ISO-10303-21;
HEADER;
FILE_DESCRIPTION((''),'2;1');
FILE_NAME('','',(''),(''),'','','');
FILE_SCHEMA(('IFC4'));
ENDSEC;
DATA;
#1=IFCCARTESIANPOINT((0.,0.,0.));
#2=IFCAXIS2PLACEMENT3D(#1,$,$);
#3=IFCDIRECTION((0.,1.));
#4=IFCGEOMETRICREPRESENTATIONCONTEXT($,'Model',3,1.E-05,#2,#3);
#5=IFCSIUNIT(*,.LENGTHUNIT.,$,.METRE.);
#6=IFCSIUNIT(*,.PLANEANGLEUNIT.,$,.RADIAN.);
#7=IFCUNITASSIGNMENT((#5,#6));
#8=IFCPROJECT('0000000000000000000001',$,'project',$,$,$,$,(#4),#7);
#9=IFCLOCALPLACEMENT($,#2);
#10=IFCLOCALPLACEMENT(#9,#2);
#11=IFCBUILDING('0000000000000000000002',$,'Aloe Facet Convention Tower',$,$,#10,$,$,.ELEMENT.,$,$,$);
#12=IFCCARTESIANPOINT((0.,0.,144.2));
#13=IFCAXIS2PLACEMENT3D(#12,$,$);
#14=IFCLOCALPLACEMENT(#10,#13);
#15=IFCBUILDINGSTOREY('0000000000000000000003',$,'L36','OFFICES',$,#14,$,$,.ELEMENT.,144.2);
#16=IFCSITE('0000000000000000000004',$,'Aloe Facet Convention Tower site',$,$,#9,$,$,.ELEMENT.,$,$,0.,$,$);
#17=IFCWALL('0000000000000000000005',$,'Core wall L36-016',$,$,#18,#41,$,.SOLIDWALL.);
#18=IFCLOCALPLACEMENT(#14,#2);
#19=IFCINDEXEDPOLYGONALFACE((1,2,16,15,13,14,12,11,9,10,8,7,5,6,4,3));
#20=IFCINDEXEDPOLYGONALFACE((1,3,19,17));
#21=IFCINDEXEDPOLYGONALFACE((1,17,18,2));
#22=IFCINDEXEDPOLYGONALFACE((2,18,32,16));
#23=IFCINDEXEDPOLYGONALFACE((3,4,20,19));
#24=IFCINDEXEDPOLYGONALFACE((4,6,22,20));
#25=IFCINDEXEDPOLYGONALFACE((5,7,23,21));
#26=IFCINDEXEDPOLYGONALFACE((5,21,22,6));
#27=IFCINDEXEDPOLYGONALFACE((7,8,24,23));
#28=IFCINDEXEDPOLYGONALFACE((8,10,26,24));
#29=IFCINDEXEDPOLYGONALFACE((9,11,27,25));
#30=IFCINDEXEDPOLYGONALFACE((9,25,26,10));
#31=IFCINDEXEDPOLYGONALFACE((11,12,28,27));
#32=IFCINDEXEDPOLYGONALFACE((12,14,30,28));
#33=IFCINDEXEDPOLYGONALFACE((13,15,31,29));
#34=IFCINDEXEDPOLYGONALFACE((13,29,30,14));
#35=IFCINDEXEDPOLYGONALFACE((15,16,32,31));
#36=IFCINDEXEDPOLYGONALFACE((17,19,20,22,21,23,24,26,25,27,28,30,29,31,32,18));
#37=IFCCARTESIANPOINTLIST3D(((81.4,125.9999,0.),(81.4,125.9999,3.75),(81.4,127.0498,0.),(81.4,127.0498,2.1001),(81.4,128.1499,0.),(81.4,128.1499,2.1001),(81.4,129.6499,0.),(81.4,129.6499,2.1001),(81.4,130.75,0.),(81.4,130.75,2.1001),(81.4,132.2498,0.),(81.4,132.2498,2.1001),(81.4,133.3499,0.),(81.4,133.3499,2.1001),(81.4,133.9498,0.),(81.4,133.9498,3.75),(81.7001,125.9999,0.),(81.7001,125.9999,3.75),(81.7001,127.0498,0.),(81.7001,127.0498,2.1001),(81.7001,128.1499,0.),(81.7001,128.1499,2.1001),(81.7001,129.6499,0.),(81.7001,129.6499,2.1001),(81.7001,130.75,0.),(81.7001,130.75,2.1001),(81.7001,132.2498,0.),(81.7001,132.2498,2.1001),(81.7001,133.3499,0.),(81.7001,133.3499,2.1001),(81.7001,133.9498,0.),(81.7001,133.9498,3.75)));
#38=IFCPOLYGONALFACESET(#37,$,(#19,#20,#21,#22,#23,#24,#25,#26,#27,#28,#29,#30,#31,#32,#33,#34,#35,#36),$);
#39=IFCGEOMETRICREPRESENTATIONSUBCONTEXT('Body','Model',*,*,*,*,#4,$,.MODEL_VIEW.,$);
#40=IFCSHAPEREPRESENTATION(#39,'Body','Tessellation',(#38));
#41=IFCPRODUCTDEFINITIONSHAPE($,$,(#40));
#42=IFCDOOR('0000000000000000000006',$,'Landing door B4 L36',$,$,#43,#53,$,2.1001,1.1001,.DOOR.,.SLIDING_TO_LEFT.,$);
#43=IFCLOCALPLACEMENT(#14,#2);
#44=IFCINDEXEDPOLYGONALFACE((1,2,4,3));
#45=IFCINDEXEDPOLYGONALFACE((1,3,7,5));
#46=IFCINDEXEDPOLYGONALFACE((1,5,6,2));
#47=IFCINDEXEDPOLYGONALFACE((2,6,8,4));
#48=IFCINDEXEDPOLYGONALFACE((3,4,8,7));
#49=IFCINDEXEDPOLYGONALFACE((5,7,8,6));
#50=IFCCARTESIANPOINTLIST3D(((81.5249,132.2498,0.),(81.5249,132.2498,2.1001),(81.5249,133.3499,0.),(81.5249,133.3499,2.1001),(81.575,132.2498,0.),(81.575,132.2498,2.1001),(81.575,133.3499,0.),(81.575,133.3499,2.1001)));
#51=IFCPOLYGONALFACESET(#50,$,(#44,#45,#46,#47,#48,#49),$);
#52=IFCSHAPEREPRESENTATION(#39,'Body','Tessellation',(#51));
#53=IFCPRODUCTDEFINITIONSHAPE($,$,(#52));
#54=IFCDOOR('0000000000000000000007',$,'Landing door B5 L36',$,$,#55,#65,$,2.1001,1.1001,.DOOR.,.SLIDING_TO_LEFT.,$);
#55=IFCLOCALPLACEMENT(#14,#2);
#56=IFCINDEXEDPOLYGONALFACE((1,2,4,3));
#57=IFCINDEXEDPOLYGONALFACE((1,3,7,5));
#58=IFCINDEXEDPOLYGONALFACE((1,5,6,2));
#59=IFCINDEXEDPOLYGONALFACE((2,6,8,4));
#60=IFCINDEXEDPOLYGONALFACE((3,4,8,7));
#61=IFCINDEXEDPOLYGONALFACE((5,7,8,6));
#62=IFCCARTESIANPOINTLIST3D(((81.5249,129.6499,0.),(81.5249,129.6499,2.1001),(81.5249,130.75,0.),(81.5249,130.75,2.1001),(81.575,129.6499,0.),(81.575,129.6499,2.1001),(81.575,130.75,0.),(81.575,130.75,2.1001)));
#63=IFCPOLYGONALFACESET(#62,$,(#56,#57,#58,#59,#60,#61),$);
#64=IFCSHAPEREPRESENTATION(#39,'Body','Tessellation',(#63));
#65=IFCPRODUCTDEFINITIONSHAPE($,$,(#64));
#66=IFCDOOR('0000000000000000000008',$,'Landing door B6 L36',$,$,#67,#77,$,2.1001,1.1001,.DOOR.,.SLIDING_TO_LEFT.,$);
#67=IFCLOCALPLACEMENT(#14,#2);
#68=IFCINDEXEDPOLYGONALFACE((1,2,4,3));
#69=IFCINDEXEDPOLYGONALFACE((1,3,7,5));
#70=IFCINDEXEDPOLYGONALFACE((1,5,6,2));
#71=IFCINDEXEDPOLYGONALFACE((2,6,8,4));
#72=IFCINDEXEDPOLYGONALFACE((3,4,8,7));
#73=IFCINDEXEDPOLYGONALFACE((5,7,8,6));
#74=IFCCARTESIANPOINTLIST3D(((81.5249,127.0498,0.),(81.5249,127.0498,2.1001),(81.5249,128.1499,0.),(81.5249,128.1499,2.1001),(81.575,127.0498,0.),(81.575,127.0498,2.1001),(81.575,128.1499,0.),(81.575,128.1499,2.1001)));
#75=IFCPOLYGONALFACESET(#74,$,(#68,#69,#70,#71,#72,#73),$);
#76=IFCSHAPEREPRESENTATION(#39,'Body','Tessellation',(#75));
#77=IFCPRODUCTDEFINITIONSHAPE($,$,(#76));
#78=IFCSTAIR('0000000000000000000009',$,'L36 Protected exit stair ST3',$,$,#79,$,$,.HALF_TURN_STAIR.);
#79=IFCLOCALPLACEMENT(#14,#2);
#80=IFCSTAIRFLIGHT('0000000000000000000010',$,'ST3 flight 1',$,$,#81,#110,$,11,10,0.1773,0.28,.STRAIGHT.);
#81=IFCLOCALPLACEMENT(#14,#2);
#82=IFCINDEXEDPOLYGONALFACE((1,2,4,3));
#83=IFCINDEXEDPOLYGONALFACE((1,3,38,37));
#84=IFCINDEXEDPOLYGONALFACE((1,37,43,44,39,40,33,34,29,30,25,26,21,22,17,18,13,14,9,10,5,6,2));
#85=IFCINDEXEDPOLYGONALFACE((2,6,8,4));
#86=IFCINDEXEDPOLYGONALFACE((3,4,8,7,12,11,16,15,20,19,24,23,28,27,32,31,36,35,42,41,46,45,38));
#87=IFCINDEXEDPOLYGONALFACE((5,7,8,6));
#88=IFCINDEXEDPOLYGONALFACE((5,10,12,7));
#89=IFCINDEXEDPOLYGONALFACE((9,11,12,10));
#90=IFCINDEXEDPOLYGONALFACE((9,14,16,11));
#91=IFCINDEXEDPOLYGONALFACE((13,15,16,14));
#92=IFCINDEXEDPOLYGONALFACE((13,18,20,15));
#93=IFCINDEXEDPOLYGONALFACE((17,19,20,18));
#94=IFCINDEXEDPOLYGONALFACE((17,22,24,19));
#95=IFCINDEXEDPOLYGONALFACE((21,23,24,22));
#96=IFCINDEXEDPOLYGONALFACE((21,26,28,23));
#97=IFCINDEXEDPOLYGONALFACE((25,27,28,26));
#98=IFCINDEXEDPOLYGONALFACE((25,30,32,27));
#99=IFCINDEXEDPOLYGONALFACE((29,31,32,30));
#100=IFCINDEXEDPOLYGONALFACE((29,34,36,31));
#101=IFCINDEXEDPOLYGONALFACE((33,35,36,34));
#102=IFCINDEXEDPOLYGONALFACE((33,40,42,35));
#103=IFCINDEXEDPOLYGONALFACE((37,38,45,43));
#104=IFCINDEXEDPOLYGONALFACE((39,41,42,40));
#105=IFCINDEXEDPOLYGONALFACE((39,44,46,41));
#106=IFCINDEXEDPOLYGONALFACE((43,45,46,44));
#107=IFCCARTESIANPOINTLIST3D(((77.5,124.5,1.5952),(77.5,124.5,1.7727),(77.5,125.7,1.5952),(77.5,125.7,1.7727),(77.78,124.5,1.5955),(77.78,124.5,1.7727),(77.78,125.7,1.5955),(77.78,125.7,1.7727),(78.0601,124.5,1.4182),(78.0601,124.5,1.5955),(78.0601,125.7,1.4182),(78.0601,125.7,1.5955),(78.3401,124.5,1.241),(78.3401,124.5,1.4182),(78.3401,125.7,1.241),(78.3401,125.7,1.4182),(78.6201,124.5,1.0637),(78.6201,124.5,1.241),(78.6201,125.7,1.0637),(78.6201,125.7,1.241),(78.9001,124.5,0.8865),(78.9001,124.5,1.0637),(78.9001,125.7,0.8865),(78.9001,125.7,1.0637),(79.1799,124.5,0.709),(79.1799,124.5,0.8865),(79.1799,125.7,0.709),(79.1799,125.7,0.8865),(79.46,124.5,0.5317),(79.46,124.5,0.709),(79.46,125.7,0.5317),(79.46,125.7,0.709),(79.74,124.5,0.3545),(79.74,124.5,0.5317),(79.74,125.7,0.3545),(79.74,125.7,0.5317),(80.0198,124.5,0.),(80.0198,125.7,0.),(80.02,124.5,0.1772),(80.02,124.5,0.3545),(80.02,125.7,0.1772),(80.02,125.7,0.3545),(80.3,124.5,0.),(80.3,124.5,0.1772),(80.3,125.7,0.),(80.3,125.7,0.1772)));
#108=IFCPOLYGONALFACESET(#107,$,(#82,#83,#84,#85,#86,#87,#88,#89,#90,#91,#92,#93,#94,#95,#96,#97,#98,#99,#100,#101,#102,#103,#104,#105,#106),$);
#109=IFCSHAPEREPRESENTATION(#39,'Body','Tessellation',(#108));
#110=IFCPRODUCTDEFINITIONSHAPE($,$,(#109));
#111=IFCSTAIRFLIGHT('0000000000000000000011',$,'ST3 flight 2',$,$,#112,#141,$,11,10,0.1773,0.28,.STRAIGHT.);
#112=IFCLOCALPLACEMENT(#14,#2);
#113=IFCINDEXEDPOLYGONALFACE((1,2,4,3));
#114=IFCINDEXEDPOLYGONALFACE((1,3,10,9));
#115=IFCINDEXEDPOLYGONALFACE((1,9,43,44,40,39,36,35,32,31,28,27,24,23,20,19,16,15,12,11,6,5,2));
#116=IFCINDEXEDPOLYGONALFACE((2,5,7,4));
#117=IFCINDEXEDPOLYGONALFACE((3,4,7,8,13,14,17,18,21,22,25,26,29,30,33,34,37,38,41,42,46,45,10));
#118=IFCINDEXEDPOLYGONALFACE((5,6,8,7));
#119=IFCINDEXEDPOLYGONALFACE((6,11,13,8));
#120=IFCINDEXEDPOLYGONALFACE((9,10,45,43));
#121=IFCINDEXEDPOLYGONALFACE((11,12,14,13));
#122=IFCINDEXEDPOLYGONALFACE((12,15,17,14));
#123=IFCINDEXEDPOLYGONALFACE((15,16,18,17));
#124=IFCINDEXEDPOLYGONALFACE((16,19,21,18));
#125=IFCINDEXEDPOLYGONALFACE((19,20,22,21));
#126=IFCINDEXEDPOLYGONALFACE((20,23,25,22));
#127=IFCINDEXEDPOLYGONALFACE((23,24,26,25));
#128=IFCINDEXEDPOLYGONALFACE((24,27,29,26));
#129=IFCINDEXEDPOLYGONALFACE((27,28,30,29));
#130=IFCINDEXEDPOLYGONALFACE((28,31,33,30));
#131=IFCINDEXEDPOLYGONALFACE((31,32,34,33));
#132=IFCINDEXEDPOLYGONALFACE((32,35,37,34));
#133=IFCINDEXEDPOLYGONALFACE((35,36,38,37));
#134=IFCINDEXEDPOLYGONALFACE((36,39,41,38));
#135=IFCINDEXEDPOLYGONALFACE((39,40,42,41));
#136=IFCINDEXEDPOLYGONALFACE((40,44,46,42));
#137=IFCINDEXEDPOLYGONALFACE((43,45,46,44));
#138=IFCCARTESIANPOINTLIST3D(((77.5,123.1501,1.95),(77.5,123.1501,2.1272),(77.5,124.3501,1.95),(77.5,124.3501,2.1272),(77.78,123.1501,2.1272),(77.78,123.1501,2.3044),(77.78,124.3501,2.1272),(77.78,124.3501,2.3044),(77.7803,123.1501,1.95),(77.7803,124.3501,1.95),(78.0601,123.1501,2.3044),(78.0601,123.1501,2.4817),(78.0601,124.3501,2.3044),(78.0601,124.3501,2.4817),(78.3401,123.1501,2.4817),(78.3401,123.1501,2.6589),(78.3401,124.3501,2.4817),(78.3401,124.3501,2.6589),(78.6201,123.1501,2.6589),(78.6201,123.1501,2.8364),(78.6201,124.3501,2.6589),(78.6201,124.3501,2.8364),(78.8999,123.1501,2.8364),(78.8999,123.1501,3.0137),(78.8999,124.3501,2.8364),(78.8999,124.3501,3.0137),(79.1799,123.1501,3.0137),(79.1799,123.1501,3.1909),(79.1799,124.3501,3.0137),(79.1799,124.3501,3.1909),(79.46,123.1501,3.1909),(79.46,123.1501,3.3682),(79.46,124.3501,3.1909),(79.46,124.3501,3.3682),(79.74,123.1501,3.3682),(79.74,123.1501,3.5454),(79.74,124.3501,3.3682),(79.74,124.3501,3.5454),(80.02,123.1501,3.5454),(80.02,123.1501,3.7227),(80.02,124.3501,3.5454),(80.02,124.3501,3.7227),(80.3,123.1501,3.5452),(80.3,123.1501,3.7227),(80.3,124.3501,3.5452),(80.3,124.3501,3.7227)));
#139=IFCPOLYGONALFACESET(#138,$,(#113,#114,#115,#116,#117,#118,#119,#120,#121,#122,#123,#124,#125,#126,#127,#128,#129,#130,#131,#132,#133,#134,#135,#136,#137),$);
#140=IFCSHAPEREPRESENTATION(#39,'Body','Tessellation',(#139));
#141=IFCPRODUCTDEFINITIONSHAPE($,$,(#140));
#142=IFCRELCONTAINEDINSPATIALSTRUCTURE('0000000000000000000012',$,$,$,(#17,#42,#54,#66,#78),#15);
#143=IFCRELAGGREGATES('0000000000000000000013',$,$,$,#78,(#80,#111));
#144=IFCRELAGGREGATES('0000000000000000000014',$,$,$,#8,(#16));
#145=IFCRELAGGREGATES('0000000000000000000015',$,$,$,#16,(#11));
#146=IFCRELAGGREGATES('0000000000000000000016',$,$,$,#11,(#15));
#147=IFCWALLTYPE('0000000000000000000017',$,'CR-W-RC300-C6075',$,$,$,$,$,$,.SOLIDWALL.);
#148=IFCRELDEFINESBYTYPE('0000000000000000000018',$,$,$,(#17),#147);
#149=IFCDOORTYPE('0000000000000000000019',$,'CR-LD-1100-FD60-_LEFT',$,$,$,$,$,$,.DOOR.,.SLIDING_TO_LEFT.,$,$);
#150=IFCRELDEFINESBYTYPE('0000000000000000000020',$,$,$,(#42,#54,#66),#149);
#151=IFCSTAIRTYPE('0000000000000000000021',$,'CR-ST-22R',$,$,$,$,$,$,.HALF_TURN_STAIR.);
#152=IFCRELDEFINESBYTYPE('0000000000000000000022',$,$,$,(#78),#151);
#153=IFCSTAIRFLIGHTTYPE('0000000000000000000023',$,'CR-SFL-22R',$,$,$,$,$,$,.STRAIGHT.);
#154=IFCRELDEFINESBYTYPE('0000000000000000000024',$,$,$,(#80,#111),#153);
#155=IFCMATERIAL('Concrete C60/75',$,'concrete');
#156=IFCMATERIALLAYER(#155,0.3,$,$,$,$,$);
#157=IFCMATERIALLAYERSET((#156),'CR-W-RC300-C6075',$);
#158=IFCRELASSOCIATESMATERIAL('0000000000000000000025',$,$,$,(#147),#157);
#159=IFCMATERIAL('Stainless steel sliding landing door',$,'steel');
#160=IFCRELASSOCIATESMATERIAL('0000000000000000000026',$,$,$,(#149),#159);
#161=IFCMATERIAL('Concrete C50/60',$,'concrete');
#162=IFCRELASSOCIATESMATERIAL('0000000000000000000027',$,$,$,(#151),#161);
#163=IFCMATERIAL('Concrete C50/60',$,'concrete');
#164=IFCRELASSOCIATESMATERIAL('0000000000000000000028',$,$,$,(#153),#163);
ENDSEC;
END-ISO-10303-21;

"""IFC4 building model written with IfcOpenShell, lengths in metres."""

from ifc_helpers import new_model, si_unit, direction, frame, frame_2d, origin, place, context, subcontext, project, spatial, polyline, rectangle, outline, extrude, material, layer, layer_set, type_object, element, fill, aggregate, save


model = new_model("IFC4")

# Units and contexts
model_context = context("Model", 3, precision=1e-05, world=origin(), true_north=direction((0.0, 1.0)))
body_context = subcontext(model_context, "Body", "Model", "MODEL_VIEW")
ifc_project = project(units=[si_unit("LENGTHUNIT", "METRE"), si_unit("PLANEANGLEUNIT", "RADIAN")], contexts=[model_context])

# Site, building, storey
site_placement = place(None, origin())
site = spatial("IfcSite", under=ifc_project, at=site_placement, Name="Aloe Facet Convention Tower site", CompositionType="ELEMENT", RefElevation=0.0)
building_placement = place(site_placement, origin())
building = spatial("IfcBuilding", under=site, at=building_placement, Name="Aloe Facet Convention Tower", CompositionType="ELEMENT")
storey_placement = place(building_placement, frame((0.0, 0.0, 144.2)))
storey = spatial("IfcBuildingStorey", under=building, at=storey_placement, Name="L36", Description="OFFICES", CompositionType="ELEMENT", Elevation=144.2)

# Shared definitions
ifc_material_1 = material(Name="Concrete C60/75", Category="concrete")
ifc_layer = layer(ifc_material_1, 0.3)
ifc_layer_set = layer_set([ifc_layer], Name="CR-W-RC300-C6075")
wall_type = type_object("IfcWallType", Name="CR-W-RC300-C6075", PredefinedType="SOLIDWALL", material=ifc_layer_set)

# Wall, openings, doors
wall_1_placement = place(storey_placement, frame((81.55, 133.95, 0.0), z_axis=(0.0, 0.0, 1.0), x_axis=(0.0, -1.0, 0.0)))
wall_1 = element("IfcWall", 1, at=wall_1_placement, inside=storey, type_object=wall_type, Name="Core wall L36-016", PredefinedType="SOLIDWALL", context=body_context, shape_type="SweptSolid", body=[
    extrude(rectangle(XDim=7.95, YDim=0.3, at=frame_2d((3.9751, 0.0))), origin(), (0.0, 0.0, 1.0), 3.75),
])
opening_1_placement = place(wall_1_placement, frame((0.6001, 0.0, 0.0)))
opening_1 = element("IfcOpeningElement", 2, at=opening_1_placement, cuts=wall_1, PredefinedType="OPENING", context=body_context, shape_type="SweptSolid", body=[
    extrude(rectangle(XDim=1.1001, YDim=2.1001, at=frame_2d((0.55, 1.05))), frame((0.0, 0.1602, 0.0), z_axis=(0.0, -1.0, 0.0), x_axis=(1.0, 0.0, 0.0)), (0.0, 0.0, 1.0), 0.3201),
])
opening_2_placement = place(wall_1_placement, frame((3.2, 0.0, 0.0)))
opening_2 = element("IfcOpeningElement", 3, at=opening_2_placement, cuts=wall_1, PredefinedType="OPENING", context=body_context, shape_type="SweptSolid", body=[
    extrude(rectangle(XDim=1.1001, YDim=2.1001, at=frame_2d((0.55, 1.05))), frame((0.0, 0.1602, 0.0), z_axis=(0.0, -1.0, 0.0), x_axis=(1.0, 0.0, 0.0)), (0.0, 0.0, 1.0), 0.3201),
])
opening_3_placement = place(wall_1_placement, frame((5.8, 0.0, 0.0)))
opening_3 = element("IfcOpeningElement", 4, at=opening_3_placement, cuts=wall_1, PredefinedType="OPENING", context=body_context, shape_type="SweptSolid", body=[
    extrude(rectangle(XDim=1.1001, YDim=2.1001, at=frame_2d((0.55, 1.05))), frame((0.0, 0.1602, 0.0), z_axis=(0.0, -1.0, 0.0), x_axis=(1.0, 0.0, 0.0)), (0.0, 0.0, 1.0), 0.3201),
])
ifc_material_2 = material(Name="Stainless steel sliding landing door", Category="steel")
door_type_1 = type_object("IfcDoorType", Name="CR-LD-1100-FD60-_LEFT", OperationType="SLIDING_TO_LEFT", PredefinedType="DOOR", material=ifc_material_2)
door_1_placement = place(opening_1_placement, origin())
door_1 = element("IfcDoor", 5, at=door_1_placement, inside=storey, type_object=door_type_1, Name="Landing door B4 L36", OperationType="SLIDING_TO_LEFT", OverallHeight=2.1001, OverallWidth=1.1001, PredefinedType="DOOR", context=body_context, shape_type="SweptSolid", body=[
    extrude(rectangle(XDim=1.1001, YDim=2.1001, at=frame_2d((0.55, 1.05))), frame((0.0, 0.0249, 0.0), z_axis=(0.0, -1.0, 0.0), x_axis=(1.0, 0.0, 0.0)), (0.0, 0.0, 1.0), 0.05),
])
fill(opening_1, door_1)
door_2_placement = place(opening_2_placement, origin())
door_2 = element("IfcDoor", 6, at=door_2_placement, inside=storey, type_object=door_type_1, Name="Landing door B5 L36", OperationType="SLIDING_TO_LEFT", OverallHeight=2.1001, OverallWidth=1.1001, PredefinedType="DOOR", context=body_context, shape_type="SweptSolid", body=[
    extrude(rectangle(XDim=1.1001, YDim=2.1001, at=frame_2d((0.55, 1.05))), frame((0.0, 0.0249, 0.0), z_axis=(0.0, -1.0, 0.0), x_axis=(1.0, 0.0, 0.0)), (0.0, 0.0, 1.0), 0.05),
])
fill(opening_2, door_2)
door_3_placement = place(opening_3_placement, origin())
door_3 = element("IfcDoor", 7, at=door_3_placement, inside=storey, type_object=door_type_1, Name="Landing door B6 L36", OperationType="SLIDING_TO_LEFT", OverallHeight=2.1001, OverallWidth=1.1001, PredefinedType="DOOR", context=body_context, shape_type="SweptSolid", body=[
    extrude(rectangle(XDim=1.1001, YDim=2.1001, at=frame_2d((0.55, 1.05))), frame((0.0, 0.0249, 0.0), z_axis=(0.0, -1.0, 0.0), x_axis=(1.0, 0.0, 0.0)), (0.0, 0.0, 1.0), 0.05),
])
fill(opening_3, door_3)

# Stair, stair flights
ifc_material_3 = material(Name="Concrete C50/60", Category="concrete")
stair_type = type_object("IfcStairType", Name="CR-ST-22R", PredefinedType="HALF_TURN_STAIR", material=ifc_material_3)
stair_placement = place(storey_placement, origin())
stair = element("IfcStair", 8, at=stair_placement, inside=storey, type_object=stair_type, Name="L36 Protected exit stair ST3", PredefinedType="HALF_TURN_STAIR")
ifc_material_4 = material(Name="Concrete C50/60", Category="concrete")
stair_flight_type = type_object("IfcStairFlightType", Name="CR-SFL-22R", PredefinedType="STRAIGHT", material=ifc_material_4)
stair_flight_1_placement = place(storey_placement, frame((80.3, 125.1001, 0.0), z_axis=(0.0, 0.0, 1.0), x_axis=(-1.0, 0.0, 0.0)))
stair_flight_1 = element("IfcStairFlight", 9, at=stair_flight_1_placement, type_object=stair_flight_type, Name="ST3 flight 1", NumberOfRisers=11, NumberOfTreads=10, PredefinedType="STRAIGHT", RiserHeight=0.1773, TreadLength=0.28, context=body_context, shape_type="SweptSolid", body=[
    extrude(outline(polyline([(0.0, 0.0), (0.0, 0.1772), (0.28, 0.1772), (0.28, 0.3545), (0.5601, 0.3545), (0.5601, 0.5317), (0.8401, 0.5317), (0.8401, 0.709), (1.1201, 0.709), (1.1201, 0.8865), (1.3999, 0.8865), (1.3999, 1.0637), (1.6799, 1.0637), (1.6799, 1.241), (1.96, 1.241), (1.96, 1.4182), (2.24, 1.4182), (2.24, 1.5955), (2.52, 1.5955), (2.52, 1.7727), (2.8, 1.7727), (2.8, 1.95), (2.8, 1.5952), (0.2803, 0.0), (0.0, 0.0)])), frame((0.0, 0.6001, 0.0), z_axis=(0.0, -1.0, 0.0), x_axis=(1.0, 0.0, 0.0)), (0.0, 0.0, 1.0), 1.2),
])
stair_flight_2_placement = place(storey_placement, frame((77.5, 123.75, 1.95), z_axis=(0.0, 0.0, 1.0), x_axis=(1.0, 0.0, 0.0)))
stair_flight_2 = element("IfcStairFlight", 10, at=stair_flight_2_placement, type_object=stair_flight_type, Name="ST3 flight 2", NumberOfRisers=11, NumberOfTreads=10, PredefinedType="STRAIGHT", RiserHeight=0.1773, TreadLength=0.28, context=body_context, shape_type="SweptSolid", body=[
    extrude(outline(polyline([(0.0, 0.0), (0.0, 0.1772), (0.28, 0.1772), (0.28, 0.3545), (0.5601, 0.3545), (0.5601, 0.5317), (0.8401, 0.5317), (0.8401, 0.709), (1.1201, 0.709), (1.1201, 0.8865), (1.3999, 0.8865), (1.3999, 1.0637), (1.6799, 1.0637), (1.6799, 1.241), (1.96, 1.241), (1.96, 1.4182), (2.24, 1.4182), (2.24, 1.5955), (2.52, 1.5955), (2.52, 1.7727), (2.8, 1.7727), (2.8, 1.95), (2.8, 1.5952), (0.2803, 0.0), (0.0, 0.0)])), frame((0.0, 0.6001, 0.0), z_axis=(0.0, -1.0, 0.0), x_axis=(1.0, 0.0, 0.0)), (0.0, 0.0, 1.0), 1.2),
])
aggregate(stair, [stair_flight_1, stair_flight_2])

save(model, "model.ifc")
